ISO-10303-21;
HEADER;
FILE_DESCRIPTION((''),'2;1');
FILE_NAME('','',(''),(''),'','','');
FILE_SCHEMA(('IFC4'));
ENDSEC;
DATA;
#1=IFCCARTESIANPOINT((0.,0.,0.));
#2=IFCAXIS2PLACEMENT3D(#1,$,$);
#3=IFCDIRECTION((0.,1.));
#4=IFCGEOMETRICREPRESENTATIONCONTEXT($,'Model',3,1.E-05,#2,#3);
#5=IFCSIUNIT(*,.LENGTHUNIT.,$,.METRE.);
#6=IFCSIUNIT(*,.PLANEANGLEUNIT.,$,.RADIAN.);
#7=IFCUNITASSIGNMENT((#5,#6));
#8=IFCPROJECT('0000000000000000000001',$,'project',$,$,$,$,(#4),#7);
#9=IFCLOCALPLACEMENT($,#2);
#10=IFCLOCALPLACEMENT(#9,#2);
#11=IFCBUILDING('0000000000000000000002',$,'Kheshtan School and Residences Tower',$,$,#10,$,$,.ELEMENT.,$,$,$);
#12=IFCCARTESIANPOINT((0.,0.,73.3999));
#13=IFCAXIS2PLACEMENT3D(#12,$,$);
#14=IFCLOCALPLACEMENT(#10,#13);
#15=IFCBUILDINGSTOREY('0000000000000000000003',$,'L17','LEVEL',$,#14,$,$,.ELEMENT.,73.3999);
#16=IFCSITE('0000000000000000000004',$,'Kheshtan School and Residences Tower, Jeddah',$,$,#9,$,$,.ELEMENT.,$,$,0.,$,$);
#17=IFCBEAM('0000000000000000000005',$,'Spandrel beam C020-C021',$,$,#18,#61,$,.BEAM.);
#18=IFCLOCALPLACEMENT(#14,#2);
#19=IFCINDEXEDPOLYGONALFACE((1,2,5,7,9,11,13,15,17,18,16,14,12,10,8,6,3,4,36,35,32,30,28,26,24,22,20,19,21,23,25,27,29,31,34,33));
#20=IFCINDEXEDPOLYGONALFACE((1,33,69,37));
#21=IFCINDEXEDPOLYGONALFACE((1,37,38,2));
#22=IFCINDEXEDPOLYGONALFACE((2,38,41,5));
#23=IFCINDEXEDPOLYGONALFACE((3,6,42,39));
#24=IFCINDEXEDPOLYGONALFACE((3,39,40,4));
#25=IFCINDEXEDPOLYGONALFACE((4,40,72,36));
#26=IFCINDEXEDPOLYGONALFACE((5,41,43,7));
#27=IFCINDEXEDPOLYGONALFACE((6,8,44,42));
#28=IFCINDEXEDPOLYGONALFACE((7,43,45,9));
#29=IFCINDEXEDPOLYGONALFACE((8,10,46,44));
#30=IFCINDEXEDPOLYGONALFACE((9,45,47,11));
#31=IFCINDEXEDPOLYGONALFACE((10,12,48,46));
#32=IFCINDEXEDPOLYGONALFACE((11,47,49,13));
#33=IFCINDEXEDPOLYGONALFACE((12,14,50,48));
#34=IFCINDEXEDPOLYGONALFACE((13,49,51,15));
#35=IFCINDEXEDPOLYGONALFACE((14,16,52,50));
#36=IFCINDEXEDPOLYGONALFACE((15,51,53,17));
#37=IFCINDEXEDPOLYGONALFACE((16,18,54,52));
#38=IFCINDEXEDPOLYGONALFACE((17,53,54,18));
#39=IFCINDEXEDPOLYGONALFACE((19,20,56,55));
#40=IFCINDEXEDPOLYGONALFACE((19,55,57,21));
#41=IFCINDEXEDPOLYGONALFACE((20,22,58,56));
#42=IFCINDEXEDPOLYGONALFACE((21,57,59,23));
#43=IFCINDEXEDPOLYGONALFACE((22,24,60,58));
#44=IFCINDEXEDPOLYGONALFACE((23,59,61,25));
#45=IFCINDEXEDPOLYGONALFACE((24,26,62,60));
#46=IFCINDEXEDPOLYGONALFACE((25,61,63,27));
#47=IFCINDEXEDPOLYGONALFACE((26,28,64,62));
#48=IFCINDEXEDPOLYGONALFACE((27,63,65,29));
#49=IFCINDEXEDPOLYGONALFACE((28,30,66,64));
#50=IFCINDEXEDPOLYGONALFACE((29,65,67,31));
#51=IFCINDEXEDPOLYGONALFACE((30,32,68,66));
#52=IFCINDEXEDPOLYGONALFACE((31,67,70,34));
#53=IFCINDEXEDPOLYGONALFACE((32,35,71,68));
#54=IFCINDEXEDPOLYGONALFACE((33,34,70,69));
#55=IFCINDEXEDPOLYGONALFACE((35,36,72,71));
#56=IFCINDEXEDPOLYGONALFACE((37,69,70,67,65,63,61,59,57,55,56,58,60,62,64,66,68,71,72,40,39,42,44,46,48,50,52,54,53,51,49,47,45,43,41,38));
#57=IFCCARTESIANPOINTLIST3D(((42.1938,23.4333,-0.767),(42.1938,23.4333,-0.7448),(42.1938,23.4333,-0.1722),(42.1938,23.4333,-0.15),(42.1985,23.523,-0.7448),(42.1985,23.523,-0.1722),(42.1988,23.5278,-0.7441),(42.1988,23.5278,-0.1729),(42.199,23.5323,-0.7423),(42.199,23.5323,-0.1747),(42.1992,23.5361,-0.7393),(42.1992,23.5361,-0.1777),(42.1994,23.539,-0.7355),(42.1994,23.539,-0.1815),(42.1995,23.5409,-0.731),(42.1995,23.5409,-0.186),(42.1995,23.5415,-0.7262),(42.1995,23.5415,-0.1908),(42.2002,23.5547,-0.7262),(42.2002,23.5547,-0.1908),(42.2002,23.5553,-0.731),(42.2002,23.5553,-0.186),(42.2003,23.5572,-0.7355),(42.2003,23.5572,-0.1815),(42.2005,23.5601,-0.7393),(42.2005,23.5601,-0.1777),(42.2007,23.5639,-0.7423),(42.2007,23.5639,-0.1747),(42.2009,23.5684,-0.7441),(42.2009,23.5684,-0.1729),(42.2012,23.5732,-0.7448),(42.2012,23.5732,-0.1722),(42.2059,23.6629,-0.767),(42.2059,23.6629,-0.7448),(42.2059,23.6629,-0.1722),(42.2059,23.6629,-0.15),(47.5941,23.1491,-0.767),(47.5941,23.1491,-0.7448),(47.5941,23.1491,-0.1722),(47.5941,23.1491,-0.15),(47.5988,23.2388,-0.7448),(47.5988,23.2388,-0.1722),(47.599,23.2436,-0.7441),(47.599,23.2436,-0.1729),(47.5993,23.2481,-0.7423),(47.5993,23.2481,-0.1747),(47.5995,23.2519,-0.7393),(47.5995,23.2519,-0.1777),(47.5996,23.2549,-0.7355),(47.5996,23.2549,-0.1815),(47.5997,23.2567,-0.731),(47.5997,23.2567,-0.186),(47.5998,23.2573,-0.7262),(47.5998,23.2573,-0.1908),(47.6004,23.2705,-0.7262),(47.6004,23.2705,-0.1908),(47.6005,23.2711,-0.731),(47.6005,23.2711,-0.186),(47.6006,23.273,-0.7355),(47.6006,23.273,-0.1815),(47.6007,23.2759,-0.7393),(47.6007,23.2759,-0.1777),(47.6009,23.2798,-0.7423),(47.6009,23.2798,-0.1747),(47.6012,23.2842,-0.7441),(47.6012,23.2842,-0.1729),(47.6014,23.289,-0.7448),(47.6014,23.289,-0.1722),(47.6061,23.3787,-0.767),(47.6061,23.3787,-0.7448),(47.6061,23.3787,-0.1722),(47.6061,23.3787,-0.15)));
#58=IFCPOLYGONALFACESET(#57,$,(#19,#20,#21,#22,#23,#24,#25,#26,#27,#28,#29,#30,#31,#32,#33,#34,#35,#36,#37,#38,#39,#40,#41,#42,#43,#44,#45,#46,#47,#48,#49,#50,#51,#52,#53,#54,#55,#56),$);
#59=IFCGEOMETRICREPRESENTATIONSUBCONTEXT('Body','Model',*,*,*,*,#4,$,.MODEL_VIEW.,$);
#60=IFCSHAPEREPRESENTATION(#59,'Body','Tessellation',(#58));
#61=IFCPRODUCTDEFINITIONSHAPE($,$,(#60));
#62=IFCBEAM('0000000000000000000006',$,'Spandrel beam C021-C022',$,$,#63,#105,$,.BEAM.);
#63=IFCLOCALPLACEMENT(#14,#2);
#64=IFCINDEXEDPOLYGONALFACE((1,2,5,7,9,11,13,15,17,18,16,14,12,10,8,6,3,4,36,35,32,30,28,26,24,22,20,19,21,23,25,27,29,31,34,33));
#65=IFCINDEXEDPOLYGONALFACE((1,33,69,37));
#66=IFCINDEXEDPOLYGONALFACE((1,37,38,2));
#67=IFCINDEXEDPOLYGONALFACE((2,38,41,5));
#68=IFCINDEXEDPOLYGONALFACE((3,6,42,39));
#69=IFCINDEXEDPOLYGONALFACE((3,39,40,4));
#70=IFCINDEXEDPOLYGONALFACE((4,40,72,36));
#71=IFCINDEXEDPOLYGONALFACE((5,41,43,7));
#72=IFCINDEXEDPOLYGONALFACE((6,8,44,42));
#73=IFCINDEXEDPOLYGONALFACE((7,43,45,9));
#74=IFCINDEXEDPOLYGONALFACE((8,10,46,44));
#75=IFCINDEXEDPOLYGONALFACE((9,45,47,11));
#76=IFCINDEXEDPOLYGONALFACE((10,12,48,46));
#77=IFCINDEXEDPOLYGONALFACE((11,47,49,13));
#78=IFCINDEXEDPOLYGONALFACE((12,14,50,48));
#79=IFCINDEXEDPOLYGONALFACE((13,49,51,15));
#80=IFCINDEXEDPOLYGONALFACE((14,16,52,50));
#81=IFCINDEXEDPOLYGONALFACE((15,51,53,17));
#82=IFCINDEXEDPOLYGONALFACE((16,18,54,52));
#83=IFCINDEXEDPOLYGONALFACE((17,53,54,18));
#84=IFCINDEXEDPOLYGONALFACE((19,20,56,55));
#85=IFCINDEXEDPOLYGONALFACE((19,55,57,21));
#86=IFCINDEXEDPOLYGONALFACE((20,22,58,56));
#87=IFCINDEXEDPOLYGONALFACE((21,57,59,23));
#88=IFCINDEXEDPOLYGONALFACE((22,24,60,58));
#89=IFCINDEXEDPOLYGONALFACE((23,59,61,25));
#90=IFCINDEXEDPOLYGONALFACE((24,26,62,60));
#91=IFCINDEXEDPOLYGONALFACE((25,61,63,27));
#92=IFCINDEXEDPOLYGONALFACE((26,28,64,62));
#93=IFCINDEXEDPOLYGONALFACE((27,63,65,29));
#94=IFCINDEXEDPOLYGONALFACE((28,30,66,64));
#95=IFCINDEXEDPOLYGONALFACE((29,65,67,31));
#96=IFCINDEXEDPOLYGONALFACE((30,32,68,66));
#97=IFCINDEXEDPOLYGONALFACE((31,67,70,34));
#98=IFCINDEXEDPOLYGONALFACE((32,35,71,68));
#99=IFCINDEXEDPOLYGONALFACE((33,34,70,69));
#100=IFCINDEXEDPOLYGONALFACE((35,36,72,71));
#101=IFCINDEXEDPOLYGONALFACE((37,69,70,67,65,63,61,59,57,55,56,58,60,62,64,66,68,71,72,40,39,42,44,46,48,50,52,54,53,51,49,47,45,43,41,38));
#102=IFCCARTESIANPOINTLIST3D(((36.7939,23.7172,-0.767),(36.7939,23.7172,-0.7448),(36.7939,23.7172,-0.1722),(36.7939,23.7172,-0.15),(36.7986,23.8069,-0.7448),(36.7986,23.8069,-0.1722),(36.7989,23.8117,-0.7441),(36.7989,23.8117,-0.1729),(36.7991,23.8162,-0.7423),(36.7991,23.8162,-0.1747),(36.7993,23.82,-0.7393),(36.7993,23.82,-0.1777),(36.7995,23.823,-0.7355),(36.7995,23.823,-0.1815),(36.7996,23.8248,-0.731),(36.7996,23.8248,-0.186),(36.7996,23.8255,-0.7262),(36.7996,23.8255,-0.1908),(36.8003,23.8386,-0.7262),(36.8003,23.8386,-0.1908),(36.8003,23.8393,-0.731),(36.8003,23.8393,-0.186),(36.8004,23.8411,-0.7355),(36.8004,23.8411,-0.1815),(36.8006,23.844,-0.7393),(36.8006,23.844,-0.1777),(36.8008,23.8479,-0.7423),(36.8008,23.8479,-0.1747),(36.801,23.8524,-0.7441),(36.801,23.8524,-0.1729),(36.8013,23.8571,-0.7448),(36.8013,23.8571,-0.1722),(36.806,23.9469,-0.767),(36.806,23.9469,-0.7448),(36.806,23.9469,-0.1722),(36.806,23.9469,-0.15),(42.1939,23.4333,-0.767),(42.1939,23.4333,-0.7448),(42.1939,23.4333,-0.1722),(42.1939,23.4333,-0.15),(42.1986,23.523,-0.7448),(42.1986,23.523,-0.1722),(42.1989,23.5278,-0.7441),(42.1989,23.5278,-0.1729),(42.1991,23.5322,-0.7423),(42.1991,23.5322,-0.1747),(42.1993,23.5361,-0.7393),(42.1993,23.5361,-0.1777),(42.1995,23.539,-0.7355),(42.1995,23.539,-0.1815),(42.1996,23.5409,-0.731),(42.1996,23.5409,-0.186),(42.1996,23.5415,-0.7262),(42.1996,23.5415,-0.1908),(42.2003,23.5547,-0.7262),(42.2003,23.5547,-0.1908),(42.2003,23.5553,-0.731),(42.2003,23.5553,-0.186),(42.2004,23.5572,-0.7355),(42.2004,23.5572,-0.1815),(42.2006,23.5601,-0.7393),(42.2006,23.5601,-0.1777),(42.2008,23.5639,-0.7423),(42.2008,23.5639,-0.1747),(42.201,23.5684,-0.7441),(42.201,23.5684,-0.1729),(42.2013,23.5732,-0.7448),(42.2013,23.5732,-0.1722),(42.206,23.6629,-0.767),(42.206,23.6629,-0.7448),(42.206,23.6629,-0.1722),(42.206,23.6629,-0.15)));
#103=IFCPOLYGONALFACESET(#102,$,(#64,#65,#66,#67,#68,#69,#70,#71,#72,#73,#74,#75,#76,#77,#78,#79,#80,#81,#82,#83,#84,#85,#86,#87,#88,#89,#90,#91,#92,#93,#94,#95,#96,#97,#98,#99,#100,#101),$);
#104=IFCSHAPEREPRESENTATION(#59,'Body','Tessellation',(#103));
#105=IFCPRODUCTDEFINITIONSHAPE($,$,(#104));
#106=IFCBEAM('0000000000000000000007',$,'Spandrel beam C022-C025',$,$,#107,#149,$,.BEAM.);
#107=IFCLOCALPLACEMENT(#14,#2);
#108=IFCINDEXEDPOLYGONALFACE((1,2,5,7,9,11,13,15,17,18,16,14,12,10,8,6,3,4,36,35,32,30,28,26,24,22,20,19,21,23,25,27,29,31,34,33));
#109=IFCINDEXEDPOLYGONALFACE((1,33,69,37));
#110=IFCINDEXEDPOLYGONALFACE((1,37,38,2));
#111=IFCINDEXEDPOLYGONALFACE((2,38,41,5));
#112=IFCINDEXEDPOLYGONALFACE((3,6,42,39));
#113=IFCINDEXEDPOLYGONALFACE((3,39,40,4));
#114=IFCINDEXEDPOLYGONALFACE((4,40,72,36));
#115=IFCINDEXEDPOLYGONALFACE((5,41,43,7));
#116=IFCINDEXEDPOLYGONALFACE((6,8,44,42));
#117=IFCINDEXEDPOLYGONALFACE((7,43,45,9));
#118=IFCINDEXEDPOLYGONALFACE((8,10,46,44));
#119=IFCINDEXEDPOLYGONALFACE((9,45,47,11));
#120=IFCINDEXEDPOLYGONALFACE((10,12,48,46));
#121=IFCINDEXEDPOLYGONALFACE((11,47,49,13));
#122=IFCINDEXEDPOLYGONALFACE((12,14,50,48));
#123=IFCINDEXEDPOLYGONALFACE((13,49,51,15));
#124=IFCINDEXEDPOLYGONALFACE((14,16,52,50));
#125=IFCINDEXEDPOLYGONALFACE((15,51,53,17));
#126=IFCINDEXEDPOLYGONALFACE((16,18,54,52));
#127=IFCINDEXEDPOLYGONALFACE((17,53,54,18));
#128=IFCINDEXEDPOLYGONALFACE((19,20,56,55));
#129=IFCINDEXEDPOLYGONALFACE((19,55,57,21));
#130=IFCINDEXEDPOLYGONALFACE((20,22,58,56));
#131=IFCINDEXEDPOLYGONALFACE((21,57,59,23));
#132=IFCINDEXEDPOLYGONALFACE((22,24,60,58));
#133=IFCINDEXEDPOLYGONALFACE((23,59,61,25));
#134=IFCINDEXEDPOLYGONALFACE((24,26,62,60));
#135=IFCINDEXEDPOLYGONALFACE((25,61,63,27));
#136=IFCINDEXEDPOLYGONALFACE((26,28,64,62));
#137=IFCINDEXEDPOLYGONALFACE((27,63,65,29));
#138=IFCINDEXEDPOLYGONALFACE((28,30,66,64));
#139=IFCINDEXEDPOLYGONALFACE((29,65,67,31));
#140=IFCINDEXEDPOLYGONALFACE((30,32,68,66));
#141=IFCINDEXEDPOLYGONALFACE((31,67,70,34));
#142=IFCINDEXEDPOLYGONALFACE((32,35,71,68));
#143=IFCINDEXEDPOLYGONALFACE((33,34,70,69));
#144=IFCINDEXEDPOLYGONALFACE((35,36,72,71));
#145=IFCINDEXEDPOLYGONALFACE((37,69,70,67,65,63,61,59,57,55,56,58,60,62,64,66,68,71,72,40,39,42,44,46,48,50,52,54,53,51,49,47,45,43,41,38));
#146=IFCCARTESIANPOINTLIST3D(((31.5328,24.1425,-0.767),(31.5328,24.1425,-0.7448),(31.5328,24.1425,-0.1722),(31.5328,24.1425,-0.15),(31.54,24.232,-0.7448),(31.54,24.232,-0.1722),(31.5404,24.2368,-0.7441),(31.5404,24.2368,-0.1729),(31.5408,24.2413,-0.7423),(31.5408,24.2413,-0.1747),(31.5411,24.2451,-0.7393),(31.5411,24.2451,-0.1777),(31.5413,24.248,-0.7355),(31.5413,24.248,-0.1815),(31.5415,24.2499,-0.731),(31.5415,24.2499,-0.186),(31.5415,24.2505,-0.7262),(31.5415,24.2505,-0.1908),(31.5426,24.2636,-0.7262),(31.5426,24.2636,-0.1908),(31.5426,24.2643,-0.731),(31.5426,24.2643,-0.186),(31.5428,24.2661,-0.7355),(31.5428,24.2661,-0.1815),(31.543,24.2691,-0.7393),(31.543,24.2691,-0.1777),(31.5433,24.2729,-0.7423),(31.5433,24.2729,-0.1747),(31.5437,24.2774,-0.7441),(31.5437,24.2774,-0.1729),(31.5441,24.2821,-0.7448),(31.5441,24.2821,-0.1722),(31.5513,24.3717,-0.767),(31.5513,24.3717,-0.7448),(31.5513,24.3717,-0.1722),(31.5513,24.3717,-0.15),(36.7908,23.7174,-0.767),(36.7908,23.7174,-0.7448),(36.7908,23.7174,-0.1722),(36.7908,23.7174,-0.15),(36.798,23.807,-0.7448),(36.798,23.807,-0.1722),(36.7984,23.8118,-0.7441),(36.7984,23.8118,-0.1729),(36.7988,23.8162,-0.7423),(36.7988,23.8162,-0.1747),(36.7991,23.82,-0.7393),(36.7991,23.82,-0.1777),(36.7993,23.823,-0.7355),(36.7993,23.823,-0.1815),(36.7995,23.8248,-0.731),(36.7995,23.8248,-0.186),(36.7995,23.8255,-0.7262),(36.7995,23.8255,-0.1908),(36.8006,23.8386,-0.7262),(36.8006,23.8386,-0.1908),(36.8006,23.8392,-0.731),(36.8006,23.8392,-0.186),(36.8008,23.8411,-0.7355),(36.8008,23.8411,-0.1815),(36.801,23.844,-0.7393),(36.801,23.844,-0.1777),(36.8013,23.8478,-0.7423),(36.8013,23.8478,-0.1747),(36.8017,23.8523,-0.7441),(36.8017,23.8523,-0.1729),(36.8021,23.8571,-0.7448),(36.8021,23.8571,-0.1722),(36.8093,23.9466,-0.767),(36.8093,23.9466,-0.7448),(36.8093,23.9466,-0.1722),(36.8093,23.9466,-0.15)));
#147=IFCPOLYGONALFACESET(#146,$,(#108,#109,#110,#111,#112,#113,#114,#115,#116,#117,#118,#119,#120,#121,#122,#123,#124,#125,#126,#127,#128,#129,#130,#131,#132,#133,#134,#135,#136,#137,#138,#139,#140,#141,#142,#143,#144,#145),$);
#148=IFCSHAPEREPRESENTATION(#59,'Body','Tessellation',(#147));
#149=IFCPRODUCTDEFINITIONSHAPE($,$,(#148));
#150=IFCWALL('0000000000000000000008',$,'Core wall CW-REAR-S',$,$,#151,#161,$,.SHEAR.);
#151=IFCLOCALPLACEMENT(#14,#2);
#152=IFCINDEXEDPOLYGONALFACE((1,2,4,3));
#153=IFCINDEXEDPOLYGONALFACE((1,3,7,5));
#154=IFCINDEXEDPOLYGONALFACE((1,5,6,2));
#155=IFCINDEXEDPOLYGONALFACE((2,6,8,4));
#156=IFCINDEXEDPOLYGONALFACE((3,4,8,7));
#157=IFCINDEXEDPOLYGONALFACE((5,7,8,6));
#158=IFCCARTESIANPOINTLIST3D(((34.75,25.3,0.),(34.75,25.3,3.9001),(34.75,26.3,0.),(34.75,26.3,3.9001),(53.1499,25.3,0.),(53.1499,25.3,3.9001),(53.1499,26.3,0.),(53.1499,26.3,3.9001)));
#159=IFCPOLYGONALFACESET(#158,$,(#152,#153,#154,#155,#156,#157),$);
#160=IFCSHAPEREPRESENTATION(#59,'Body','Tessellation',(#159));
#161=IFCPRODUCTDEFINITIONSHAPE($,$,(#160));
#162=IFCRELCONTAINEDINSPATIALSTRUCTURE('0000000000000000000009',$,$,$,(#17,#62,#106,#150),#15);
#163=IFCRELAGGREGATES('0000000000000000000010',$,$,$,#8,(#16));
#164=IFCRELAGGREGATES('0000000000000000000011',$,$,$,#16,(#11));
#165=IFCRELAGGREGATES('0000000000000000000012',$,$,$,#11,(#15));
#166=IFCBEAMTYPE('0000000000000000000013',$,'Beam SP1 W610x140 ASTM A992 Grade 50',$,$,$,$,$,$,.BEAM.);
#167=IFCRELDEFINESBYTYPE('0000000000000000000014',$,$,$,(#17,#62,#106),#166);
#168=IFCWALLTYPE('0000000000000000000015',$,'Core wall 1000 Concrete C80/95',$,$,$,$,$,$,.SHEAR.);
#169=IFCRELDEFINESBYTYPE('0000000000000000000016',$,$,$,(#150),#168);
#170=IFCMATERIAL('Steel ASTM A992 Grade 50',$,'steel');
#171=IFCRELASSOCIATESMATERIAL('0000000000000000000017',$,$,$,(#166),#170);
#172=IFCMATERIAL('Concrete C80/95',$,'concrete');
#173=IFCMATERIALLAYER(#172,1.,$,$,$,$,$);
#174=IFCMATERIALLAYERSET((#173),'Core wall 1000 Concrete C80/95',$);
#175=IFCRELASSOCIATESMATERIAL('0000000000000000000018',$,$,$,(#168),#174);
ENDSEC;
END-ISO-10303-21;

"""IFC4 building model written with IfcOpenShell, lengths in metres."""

from ifc_helpers import new_model, si_unit, direction, frame, frame_2d, origin, origin_2d, place, context, subcontext, project, spatial, rectangle, i_section, extrude, material, layer, layer_set, material_profile, profile_set, type_object, element, save


model = new_model("IFC4")

# Units and contexts
model_context = context("Model", 3, precision=1e-05, world=origin(), true_north=direction((0.0, 1.0)))
body_context = subcontext(model_context, "Body", "Model", "MODEL_VIEW")
ifc_project = project(units=[si_unit("LENGTHUNIT", "METRE"), si_unit("PLANEANGLEUNIT", "RADIAN")], contexts=[model_context])

# Site, building, storey
site_placement = place(None, origin())
site = spatial("IfcSite", under=ifc_project, at=site_placement, Name="Kheshtan School and Residences Tower, Jeddah", CompositionType="ELEMENT", RefElevation=0.0)
building_placement = place(site_placement, origin())
building = spatial("IfcBuilding", under=site, at=building_placement, Name="Kheshtan School and Residences Tower", CompositionType="ELEMENT")
storey_placement = place(building_placement, frame((0.0, 0.0, 73.3999)))
storey = spatial("IfcBuildingStorey", under=building, at=storey_placement, Name="L17", Description="LEVEL", CompositionType="ELEMENT", Elevation=73.3999)

# Shared definitions
ifc_material_1 = material(Name="Steel ASTM A992 Grade 50", Category="steel")

# Beams
ifc_material_profile_1 = material_profile(ifc_material_1, i_section(OverallWidth=0.23, OverallDepth=0.6169, WebThickness=0.0132, FlangeThickness=0.0222, FilletRadius=0.0186, at=origin_2d()), Name="W610x140")
ifc_profile_set_1 = profile_set([ifc_material_profile_1], Name="Steel ASTM A992 Grade 50")
beam_type_1 = type_object("IfcBeamType", Name="Beam SP1 W610x140 ASTM A992 Grade 50", PredefinedType="BEAM", material=ifc_profile_set_1)
beam_1_placement = place(storey_placement, frame((47.6001, 23.2639, -0.4585), z_axis=(-0.998618, 0.052552, 0.0), x_axis=(-0.052552, -0.998618, 0.0)))
element("IfcBeam", 1, at=beam_1_placement, inside=storey, type_object=beam_type_1, Name="Spandrel beam C020-C021", PredefinedType="BEAM", context=body_context, shape_type="SweptSolid", body=[
    extrude(i_section(OverallWidth=0.23, OverallDepth=0.6169, WebThickness=0.0132, FlangeThickness=0.0222, FilletRadius=0.0186, at=origin_2d()), origin(), (0.0, 0.0, 1.0), 5.4077),
])
beam_2_placement = place(storey_placement, frame((42.2, 23.5481, -0.4585), z_axis=(-0.99862, 0.052509, 0.0), x_axis=(-0.052509, -0.99862, 0.0)))
element("IfcBeam", 2, at=beam_2_placement, inside=storey, type_object=beam_type_1, Name="Spandrel beam C021-C022", PredefinedType="BEAM", context=body_context, shape_type="SweptSolid", body=[
    extrude(i_section(OverallWidth=0.23, OverallDepth=0.6169, WebThickness=0.0132, FlangeThickness=0.0222, FilletRadius=0.0186, at=origin_2d()), origin(), (0.0, 0.0, 1.0), 5.4075),
])
beam_3_placement = place(storey_placement, frame((36.8, 23.832, -0.4585), z_axis=(-0.996749, 0.080575, 0.0), x_axis=(-0.080575, -0.996749, 0.0)))
element("IfcBeam", 3, at=beam_3_placement, inside=storey, type_object=beam_type_1, Name="Spandrel beam C022-C025", PredefinedType="BEAM", context=body_context, shape_type="SweptSolid", body=[
    extrude(i_section(OverallWidth=0.23, OverallDepth=0.6169, WebThickness=0.0132, FlangeThickness=0.0222, FilletRadius=0.0186, at=origin_2d()), origin(), (0.0, 0.0, 1.0), 5.2751),
])

# Wall
ifc_material_2 = material(Name="Concrete C80/95", Category="concrete")
ifc_layer_1 = layer(ifc_material_2, 1.0)
ifc_layer_set_1 = layer_set([ifc_layer_1], Name="Core wall 1000 Concrete C80/95")
wall_type_1 = type_object("IfcWallType", Name="Core wall 1000 Concrete C80/95", PredefinedType="SHEAR", material=ifc_layer_set_1)
wall_1_placement = place(storey_placement, frame((34.75, 25.8, 0.0), z_axis=(0.0, 0.0, 1.0), x_axis=(1.0, 0.0, 0.0)))
element("IfcWall", 4, at=wall_1_placement, inside=storey, type_object=wall_type_1, Name="Core wall CW-REAR-S", PredefinedType="SHEAR", context=body_context, shape_type="SweptSolid", body=[
    extrude(rectangle(XDim=18.3999, YDim=1.0, at=frame_2d((9.2, 0.0))), origin(), (0.0, 0.0, 1.0), 3.9001),
])

save(model, "model.ifc")
